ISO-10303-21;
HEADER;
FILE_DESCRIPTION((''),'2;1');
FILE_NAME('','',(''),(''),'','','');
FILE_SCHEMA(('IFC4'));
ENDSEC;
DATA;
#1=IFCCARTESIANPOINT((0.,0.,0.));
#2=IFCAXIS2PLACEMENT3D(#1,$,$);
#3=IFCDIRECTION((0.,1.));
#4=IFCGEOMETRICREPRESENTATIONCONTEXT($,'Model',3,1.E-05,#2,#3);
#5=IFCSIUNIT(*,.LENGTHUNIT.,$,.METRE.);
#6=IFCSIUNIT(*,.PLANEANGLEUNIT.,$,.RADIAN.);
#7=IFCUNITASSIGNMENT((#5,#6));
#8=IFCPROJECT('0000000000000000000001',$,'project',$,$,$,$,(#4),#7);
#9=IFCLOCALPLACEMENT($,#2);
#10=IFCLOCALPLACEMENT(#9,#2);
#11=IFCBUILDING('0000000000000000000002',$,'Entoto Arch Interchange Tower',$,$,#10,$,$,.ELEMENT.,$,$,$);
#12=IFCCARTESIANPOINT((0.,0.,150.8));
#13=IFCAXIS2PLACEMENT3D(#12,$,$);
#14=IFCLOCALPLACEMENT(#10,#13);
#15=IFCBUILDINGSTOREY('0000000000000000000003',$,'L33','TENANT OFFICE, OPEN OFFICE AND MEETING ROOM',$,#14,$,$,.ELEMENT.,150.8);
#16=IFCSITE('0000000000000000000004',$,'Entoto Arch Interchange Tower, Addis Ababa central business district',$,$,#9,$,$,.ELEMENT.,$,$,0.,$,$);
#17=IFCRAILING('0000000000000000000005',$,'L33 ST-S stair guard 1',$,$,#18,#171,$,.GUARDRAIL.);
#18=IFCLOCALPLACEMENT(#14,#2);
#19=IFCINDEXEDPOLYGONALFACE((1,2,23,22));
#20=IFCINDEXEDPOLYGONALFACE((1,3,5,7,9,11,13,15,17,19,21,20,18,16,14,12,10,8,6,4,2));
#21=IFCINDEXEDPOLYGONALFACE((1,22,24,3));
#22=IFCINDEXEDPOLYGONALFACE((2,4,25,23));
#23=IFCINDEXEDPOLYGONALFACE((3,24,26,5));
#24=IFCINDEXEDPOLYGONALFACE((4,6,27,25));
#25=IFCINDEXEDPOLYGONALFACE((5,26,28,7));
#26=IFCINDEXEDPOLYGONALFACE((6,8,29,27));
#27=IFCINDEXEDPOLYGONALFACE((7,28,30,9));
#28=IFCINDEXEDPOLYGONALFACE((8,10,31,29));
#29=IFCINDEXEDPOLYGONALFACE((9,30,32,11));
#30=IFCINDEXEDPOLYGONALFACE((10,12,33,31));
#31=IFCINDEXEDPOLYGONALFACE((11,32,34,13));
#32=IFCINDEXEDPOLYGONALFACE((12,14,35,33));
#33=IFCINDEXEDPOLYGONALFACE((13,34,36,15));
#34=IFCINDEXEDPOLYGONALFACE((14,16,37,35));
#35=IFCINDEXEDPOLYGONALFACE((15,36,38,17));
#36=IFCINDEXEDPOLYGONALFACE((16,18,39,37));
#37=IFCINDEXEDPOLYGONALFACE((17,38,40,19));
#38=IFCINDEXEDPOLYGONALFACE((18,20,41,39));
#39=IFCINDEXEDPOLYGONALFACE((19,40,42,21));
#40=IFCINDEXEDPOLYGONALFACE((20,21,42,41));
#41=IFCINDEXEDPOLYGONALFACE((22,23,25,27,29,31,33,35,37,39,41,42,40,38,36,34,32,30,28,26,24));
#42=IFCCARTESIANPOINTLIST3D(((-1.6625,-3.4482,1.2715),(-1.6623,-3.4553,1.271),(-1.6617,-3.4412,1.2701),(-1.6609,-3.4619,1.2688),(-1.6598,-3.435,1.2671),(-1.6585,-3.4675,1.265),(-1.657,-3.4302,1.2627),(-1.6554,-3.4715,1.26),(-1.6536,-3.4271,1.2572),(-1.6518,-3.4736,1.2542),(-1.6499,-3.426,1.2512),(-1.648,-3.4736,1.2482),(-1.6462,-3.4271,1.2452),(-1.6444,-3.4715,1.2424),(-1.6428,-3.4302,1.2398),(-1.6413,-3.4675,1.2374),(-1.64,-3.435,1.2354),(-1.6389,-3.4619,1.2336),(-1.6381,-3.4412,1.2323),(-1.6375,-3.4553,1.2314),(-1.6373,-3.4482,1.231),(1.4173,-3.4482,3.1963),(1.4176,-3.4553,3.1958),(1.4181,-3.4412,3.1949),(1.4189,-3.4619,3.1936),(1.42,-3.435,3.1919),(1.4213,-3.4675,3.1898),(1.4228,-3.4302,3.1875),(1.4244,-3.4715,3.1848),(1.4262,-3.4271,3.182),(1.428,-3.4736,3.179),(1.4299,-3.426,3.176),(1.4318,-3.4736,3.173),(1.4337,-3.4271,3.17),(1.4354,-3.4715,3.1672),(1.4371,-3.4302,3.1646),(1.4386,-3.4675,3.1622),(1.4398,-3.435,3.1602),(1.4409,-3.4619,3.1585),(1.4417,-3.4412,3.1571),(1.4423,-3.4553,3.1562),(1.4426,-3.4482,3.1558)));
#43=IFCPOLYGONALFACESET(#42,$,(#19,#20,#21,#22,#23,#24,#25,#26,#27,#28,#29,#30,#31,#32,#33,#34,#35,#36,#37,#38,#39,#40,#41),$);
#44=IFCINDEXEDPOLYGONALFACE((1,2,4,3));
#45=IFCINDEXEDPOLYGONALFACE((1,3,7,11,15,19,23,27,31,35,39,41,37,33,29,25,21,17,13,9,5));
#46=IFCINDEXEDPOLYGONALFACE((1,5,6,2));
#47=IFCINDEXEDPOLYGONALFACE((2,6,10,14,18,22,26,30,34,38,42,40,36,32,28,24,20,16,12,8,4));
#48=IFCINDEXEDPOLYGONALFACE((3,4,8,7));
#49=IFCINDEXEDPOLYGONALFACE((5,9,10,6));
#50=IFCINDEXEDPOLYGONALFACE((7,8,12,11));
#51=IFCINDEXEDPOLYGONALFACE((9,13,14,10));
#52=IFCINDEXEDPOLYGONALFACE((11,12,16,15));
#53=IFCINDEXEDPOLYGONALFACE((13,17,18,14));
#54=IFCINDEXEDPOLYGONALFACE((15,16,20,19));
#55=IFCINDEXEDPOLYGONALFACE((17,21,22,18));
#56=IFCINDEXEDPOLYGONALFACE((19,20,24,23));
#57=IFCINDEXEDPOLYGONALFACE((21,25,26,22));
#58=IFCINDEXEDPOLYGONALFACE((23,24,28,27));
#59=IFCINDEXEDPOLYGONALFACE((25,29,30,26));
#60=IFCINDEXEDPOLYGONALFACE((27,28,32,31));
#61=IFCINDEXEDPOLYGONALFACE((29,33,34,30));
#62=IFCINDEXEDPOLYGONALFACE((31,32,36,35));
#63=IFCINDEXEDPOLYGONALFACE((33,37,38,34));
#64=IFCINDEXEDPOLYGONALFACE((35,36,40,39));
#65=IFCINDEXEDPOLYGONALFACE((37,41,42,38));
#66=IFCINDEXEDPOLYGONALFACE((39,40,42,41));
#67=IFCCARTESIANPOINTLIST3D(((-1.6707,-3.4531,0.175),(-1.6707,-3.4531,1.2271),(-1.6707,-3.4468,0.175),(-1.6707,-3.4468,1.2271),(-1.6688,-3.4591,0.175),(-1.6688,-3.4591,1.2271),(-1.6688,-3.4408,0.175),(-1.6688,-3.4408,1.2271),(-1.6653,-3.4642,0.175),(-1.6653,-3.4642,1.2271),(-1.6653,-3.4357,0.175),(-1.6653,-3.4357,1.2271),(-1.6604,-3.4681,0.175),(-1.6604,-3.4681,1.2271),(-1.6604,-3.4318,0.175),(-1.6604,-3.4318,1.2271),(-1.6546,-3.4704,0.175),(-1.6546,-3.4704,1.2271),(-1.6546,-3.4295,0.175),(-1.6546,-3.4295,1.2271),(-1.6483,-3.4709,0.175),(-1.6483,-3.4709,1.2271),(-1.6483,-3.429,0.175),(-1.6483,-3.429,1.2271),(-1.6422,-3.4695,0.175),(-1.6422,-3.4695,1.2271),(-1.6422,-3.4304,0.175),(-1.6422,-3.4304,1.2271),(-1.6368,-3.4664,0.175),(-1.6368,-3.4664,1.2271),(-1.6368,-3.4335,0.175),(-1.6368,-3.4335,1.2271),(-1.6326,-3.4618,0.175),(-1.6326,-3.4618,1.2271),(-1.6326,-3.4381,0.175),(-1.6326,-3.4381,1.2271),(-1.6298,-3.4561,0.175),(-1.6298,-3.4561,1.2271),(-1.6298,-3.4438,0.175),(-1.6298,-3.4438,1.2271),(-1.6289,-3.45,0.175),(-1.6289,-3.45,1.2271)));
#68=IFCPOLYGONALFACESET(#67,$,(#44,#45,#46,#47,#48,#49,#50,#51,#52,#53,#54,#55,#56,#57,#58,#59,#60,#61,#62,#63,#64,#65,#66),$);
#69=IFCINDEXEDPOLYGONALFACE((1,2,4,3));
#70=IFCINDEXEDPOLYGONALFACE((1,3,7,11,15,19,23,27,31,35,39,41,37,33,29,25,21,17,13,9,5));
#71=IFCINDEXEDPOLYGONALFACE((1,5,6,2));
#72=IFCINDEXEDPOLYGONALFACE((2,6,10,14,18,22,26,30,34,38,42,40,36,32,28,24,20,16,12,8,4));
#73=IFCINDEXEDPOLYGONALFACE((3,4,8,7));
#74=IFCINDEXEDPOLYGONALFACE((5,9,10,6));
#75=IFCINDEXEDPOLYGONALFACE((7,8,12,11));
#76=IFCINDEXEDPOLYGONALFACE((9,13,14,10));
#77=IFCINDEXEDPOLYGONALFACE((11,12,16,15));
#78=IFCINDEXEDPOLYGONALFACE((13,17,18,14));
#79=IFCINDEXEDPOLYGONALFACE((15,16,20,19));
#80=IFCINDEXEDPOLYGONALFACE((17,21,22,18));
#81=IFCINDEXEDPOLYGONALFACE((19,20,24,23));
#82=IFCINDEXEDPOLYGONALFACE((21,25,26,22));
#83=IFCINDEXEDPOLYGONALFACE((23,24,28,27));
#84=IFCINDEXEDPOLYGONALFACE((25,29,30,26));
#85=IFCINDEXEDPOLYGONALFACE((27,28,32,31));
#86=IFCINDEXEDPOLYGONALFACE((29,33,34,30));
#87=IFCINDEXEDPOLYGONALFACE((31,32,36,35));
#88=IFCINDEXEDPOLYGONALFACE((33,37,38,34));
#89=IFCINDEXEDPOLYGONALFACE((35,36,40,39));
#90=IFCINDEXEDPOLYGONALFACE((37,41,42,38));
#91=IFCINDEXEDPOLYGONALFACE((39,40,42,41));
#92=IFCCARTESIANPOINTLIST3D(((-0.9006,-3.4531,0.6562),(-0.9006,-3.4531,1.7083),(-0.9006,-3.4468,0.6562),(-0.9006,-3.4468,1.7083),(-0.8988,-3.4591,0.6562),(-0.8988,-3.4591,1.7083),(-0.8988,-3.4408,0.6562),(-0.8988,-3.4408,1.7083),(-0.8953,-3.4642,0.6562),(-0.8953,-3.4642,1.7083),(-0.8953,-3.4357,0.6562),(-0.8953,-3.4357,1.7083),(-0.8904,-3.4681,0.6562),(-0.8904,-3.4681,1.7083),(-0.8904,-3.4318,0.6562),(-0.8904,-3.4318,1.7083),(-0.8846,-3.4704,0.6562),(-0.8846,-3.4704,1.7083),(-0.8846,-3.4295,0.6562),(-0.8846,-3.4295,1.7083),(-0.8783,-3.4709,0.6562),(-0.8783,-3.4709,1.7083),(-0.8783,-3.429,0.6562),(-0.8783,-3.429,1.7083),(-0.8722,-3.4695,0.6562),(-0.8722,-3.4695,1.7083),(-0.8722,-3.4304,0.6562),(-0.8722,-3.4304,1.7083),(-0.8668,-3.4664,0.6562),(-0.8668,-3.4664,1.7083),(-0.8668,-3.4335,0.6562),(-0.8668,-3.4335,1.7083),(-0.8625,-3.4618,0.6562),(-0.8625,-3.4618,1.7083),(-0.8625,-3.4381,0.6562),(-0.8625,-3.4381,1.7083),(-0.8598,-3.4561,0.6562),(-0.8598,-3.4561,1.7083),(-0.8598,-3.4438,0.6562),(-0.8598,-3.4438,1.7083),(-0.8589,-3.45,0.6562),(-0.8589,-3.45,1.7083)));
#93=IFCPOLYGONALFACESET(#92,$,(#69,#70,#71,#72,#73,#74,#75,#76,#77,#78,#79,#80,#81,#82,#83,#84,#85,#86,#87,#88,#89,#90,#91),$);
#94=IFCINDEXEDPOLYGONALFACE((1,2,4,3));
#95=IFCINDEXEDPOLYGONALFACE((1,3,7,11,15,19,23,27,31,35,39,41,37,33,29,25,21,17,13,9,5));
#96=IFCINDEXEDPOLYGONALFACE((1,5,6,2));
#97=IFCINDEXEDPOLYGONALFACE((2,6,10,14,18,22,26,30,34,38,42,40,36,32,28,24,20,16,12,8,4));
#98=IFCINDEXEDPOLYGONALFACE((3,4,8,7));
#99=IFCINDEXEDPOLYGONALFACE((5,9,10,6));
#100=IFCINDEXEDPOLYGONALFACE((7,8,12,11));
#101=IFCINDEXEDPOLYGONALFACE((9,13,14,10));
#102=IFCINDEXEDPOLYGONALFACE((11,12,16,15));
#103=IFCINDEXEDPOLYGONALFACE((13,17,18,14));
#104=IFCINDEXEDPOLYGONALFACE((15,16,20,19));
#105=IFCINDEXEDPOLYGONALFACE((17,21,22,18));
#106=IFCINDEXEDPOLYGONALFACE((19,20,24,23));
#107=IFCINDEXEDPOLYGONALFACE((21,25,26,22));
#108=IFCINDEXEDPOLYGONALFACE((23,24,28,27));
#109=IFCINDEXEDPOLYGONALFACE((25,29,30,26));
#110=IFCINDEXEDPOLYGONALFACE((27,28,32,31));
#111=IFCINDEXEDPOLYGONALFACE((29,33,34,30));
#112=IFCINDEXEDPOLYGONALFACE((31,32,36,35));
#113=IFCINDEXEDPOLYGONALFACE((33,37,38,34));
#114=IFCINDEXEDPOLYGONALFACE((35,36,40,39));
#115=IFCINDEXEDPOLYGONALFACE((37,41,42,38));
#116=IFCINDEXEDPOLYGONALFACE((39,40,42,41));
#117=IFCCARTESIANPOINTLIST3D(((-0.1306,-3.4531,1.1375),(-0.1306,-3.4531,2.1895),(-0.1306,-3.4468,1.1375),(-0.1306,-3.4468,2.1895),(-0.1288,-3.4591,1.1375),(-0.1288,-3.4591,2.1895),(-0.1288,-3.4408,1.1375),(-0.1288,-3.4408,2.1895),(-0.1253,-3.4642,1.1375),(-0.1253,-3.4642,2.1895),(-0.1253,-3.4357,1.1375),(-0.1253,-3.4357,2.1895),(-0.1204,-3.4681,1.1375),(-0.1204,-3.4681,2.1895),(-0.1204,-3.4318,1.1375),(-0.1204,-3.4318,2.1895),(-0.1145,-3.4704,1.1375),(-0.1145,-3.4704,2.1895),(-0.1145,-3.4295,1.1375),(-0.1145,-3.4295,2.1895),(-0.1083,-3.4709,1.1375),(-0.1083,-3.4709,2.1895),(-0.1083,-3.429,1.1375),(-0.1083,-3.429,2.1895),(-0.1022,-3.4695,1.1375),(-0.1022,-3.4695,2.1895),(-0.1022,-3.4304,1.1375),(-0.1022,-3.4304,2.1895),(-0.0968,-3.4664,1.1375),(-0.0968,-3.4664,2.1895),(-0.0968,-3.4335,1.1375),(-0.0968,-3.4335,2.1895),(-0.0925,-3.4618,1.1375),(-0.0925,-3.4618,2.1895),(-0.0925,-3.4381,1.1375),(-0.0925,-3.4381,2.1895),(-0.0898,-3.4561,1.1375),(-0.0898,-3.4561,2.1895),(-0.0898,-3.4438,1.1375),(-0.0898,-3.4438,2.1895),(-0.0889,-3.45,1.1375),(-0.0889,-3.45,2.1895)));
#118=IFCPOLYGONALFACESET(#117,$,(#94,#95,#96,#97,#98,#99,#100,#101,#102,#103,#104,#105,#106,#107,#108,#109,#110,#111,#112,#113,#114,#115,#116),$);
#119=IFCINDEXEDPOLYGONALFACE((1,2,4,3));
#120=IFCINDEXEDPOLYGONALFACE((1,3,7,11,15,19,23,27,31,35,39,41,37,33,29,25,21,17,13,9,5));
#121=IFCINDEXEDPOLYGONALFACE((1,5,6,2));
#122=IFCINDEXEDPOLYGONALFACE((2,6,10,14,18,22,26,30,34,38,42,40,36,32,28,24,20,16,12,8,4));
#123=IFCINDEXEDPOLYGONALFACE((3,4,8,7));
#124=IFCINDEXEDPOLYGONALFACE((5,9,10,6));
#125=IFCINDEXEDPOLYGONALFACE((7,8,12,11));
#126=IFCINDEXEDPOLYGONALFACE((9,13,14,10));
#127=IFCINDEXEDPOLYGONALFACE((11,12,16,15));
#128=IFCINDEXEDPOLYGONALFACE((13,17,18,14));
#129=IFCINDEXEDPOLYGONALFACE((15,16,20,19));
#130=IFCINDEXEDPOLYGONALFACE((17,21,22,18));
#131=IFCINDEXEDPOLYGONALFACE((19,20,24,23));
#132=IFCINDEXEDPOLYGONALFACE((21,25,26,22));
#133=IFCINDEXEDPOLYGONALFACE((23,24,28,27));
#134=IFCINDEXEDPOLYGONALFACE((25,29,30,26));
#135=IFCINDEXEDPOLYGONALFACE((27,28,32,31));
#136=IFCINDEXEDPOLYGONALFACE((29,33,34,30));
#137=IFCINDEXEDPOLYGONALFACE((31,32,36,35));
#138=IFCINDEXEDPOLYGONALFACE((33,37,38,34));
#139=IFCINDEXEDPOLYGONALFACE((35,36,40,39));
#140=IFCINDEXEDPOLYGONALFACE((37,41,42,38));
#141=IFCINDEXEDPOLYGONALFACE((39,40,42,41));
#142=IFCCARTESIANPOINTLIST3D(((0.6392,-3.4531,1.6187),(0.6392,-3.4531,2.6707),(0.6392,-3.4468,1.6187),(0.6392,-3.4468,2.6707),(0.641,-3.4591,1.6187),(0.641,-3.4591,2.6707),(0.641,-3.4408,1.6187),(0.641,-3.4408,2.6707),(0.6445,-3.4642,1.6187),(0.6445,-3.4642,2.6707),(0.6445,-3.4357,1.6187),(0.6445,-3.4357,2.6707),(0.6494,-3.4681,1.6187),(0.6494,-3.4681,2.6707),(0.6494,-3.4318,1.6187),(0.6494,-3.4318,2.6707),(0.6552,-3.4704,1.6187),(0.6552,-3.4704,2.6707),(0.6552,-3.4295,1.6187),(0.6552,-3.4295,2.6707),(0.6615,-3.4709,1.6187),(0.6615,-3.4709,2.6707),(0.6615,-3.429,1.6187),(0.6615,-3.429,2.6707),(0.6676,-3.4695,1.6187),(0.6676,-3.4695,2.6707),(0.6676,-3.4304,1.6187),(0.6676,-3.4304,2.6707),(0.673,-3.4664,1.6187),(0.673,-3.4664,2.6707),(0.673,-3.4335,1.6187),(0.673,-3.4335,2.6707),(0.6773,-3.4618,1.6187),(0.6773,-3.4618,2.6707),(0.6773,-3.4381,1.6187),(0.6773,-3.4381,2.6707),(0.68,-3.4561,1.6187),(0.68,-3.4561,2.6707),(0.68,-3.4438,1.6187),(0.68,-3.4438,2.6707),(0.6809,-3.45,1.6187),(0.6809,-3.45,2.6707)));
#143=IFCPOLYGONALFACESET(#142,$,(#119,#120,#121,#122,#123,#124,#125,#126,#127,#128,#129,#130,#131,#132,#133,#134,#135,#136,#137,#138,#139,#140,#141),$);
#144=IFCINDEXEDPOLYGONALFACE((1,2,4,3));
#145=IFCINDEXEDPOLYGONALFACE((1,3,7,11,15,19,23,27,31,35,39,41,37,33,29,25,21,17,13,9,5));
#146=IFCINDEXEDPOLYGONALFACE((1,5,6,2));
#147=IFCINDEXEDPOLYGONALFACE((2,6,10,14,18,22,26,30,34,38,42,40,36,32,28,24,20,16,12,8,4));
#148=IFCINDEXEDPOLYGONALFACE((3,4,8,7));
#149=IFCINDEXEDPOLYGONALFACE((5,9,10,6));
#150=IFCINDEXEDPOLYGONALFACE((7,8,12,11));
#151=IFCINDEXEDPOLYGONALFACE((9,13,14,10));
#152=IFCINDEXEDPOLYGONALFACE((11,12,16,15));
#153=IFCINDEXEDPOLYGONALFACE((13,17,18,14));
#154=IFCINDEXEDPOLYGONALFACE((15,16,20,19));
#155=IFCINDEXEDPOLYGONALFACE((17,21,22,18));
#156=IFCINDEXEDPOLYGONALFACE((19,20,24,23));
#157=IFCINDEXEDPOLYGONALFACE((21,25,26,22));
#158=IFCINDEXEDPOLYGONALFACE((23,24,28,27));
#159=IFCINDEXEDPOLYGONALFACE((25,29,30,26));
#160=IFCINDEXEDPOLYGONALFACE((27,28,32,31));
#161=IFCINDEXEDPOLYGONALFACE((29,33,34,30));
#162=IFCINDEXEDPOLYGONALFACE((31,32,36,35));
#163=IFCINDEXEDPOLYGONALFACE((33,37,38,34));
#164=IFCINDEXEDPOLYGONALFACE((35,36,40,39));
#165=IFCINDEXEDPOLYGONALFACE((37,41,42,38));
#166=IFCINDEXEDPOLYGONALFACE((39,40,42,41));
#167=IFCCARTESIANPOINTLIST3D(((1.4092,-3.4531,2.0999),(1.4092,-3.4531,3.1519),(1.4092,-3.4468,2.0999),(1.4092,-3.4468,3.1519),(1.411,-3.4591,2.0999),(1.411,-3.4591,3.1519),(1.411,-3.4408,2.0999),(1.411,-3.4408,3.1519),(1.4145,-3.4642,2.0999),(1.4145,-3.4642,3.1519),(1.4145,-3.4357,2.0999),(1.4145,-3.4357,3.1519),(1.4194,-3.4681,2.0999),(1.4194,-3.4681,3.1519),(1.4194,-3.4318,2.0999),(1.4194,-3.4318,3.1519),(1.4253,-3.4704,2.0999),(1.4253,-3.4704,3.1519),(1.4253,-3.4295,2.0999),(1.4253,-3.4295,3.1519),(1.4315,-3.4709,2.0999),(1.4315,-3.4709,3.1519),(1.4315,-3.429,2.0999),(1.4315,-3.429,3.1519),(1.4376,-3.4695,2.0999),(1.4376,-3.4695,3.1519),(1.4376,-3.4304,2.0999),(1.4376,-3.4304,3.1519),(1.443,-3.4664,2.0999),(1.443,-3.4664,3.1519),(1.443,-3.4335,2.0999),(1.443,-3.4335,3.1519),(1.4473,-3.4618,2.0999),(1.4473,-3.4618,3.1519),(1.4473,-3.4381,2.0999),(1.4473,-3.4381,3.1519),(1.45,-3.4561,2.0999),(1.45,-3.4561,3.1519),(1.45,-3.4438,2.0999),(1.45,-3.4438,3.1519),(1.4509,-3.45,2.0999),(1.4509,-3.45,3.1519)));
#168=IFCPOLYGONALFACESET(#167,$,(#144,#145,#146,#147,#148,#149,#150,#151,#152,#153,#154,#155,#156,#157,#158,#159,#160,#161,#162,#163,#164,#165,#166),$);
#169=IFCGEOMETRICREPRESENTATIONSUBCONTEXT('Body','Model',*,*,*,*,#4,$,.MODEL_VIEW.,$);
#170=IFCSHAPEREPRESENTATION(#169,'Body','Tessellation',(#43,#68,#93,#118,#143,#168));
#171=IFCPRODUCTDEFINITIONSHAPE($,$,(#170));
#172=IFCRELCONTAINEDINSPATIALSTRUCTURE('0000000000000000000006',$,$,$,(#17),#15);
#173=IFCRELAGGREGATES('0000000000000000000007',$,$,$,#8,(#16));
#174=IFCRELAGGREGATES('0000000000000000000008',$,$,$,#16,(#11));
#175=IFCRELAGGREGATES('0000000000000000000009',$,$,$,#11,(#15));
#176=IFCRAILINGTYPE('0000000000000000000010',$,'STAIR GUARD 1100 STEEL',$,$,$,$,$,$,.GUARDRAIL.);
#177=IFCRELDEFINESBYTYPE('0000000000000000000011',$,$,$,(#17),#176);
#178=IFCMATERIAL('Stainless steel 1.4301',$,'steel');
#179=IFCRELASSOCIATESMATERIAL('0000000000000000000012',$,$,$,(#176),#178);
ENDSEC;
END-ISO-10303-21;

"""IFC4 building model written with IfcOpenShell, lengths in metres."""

from ifc_helpers import new_model, si_unit, direction, frame, origin, origin_2d, place, context, subcontext, project, spatial, circle, extrude, material, type_object, element, save


model = new_model("IFC4")

# Units and contexts
model_context = context("Model", 3, precision=1e-05, world=origin(), true_north=direction((0.0, 1.0)))
body_context = subcontext(model_context, "Body", "Model", "MODEL_VIEW")
ifc_project = project(units=[si_unit("LENGTHUNIT", "METRE"), si_unit("PLANEANGLEUNIT", "RADIAN")], contexts=[model_context])

# Site, building, storey
site_placement = place(None, origin())
site = spatial("IfcSite", under=ifc_project, at=site_placement, Name="Entoto Arch Interchange Tower, Addis Ababa central business district", CompositionType="ELEMENT", RefElevation=0.0)
building_placement = place(site_placement, origin())
building = spatial("IfcBuilding", under=site, at=building_placement, Name="Entoto Arch Interchange Tower", CompositionType="ELEMENT")
storey_placement = place(building_placement, frame((0.0, 0.0, 150.8)))
storey = spatial("IfcBuildingStorey", under=building, at=storey_placement, Name="L33", Description="TENANT OFFICE, OPEN OFFICE AND MEETING ROOM", CompositionType="ELEMENT", Elevation=150.8)

# Railing
ifc_material_1 = material(Name="Stainless steel 1.4301", Category="steel")
railing_type = type_object("IfcRailingType", Name="STAIR GUARD 1100 STEEL", PredefinedType="GUARDRAIL", material=ifc_material_1)
railing_1_placement = place(storey_placement, frame((-1.6499, -3.45, 0.175)))
element("IfcRailing", 1, at=railing_1_placement, inside=storey, type_object=railing_type, Name="L33 ST-S stair guard 1", PredefinedType="GUARDRAIL", context=body_context, shape_type="SweptSolid", body=[
    extrude(circle(Radius=0.0239, at=origin_2d()), frame((0.0, 0.0, 1.0762), z_axis=(0.84801, 0.0, 0.529981), x_axis=(0.0, 1.0, 0.0)), (0.0, 0.0, 1.0), 3.6318),
    extrude(circle(Radius=0.021, at=origin_2d()), origin(), (0.0, 0.0, 1.0), 1.052),
    extrude(circle(Radius=0.021, at=origin_2d()), frame((0.77, 0.0, 0.4812)), (0.0, 0.0, 1.0), 1.052),
    extrude(circle(Radius=0.021, at=origin_2d()), frame((1.54, 0.0, 0.9624)), (0.0, 0.0, 1.0), 1.052),
    extrude(circle(Radius=0.021, at=origin_2d()), frame((2.3098, 0.0, 1.4436)), (0.0, 0.0, 1.0), 1.052),
    extrude(circle(Radius=0.021, at=origin_2d()), frame((3.0798, 0.0, 1.9248)), (0.0, 0.0, 1.0), 1.052),
])

save(model, "model.ifc")
